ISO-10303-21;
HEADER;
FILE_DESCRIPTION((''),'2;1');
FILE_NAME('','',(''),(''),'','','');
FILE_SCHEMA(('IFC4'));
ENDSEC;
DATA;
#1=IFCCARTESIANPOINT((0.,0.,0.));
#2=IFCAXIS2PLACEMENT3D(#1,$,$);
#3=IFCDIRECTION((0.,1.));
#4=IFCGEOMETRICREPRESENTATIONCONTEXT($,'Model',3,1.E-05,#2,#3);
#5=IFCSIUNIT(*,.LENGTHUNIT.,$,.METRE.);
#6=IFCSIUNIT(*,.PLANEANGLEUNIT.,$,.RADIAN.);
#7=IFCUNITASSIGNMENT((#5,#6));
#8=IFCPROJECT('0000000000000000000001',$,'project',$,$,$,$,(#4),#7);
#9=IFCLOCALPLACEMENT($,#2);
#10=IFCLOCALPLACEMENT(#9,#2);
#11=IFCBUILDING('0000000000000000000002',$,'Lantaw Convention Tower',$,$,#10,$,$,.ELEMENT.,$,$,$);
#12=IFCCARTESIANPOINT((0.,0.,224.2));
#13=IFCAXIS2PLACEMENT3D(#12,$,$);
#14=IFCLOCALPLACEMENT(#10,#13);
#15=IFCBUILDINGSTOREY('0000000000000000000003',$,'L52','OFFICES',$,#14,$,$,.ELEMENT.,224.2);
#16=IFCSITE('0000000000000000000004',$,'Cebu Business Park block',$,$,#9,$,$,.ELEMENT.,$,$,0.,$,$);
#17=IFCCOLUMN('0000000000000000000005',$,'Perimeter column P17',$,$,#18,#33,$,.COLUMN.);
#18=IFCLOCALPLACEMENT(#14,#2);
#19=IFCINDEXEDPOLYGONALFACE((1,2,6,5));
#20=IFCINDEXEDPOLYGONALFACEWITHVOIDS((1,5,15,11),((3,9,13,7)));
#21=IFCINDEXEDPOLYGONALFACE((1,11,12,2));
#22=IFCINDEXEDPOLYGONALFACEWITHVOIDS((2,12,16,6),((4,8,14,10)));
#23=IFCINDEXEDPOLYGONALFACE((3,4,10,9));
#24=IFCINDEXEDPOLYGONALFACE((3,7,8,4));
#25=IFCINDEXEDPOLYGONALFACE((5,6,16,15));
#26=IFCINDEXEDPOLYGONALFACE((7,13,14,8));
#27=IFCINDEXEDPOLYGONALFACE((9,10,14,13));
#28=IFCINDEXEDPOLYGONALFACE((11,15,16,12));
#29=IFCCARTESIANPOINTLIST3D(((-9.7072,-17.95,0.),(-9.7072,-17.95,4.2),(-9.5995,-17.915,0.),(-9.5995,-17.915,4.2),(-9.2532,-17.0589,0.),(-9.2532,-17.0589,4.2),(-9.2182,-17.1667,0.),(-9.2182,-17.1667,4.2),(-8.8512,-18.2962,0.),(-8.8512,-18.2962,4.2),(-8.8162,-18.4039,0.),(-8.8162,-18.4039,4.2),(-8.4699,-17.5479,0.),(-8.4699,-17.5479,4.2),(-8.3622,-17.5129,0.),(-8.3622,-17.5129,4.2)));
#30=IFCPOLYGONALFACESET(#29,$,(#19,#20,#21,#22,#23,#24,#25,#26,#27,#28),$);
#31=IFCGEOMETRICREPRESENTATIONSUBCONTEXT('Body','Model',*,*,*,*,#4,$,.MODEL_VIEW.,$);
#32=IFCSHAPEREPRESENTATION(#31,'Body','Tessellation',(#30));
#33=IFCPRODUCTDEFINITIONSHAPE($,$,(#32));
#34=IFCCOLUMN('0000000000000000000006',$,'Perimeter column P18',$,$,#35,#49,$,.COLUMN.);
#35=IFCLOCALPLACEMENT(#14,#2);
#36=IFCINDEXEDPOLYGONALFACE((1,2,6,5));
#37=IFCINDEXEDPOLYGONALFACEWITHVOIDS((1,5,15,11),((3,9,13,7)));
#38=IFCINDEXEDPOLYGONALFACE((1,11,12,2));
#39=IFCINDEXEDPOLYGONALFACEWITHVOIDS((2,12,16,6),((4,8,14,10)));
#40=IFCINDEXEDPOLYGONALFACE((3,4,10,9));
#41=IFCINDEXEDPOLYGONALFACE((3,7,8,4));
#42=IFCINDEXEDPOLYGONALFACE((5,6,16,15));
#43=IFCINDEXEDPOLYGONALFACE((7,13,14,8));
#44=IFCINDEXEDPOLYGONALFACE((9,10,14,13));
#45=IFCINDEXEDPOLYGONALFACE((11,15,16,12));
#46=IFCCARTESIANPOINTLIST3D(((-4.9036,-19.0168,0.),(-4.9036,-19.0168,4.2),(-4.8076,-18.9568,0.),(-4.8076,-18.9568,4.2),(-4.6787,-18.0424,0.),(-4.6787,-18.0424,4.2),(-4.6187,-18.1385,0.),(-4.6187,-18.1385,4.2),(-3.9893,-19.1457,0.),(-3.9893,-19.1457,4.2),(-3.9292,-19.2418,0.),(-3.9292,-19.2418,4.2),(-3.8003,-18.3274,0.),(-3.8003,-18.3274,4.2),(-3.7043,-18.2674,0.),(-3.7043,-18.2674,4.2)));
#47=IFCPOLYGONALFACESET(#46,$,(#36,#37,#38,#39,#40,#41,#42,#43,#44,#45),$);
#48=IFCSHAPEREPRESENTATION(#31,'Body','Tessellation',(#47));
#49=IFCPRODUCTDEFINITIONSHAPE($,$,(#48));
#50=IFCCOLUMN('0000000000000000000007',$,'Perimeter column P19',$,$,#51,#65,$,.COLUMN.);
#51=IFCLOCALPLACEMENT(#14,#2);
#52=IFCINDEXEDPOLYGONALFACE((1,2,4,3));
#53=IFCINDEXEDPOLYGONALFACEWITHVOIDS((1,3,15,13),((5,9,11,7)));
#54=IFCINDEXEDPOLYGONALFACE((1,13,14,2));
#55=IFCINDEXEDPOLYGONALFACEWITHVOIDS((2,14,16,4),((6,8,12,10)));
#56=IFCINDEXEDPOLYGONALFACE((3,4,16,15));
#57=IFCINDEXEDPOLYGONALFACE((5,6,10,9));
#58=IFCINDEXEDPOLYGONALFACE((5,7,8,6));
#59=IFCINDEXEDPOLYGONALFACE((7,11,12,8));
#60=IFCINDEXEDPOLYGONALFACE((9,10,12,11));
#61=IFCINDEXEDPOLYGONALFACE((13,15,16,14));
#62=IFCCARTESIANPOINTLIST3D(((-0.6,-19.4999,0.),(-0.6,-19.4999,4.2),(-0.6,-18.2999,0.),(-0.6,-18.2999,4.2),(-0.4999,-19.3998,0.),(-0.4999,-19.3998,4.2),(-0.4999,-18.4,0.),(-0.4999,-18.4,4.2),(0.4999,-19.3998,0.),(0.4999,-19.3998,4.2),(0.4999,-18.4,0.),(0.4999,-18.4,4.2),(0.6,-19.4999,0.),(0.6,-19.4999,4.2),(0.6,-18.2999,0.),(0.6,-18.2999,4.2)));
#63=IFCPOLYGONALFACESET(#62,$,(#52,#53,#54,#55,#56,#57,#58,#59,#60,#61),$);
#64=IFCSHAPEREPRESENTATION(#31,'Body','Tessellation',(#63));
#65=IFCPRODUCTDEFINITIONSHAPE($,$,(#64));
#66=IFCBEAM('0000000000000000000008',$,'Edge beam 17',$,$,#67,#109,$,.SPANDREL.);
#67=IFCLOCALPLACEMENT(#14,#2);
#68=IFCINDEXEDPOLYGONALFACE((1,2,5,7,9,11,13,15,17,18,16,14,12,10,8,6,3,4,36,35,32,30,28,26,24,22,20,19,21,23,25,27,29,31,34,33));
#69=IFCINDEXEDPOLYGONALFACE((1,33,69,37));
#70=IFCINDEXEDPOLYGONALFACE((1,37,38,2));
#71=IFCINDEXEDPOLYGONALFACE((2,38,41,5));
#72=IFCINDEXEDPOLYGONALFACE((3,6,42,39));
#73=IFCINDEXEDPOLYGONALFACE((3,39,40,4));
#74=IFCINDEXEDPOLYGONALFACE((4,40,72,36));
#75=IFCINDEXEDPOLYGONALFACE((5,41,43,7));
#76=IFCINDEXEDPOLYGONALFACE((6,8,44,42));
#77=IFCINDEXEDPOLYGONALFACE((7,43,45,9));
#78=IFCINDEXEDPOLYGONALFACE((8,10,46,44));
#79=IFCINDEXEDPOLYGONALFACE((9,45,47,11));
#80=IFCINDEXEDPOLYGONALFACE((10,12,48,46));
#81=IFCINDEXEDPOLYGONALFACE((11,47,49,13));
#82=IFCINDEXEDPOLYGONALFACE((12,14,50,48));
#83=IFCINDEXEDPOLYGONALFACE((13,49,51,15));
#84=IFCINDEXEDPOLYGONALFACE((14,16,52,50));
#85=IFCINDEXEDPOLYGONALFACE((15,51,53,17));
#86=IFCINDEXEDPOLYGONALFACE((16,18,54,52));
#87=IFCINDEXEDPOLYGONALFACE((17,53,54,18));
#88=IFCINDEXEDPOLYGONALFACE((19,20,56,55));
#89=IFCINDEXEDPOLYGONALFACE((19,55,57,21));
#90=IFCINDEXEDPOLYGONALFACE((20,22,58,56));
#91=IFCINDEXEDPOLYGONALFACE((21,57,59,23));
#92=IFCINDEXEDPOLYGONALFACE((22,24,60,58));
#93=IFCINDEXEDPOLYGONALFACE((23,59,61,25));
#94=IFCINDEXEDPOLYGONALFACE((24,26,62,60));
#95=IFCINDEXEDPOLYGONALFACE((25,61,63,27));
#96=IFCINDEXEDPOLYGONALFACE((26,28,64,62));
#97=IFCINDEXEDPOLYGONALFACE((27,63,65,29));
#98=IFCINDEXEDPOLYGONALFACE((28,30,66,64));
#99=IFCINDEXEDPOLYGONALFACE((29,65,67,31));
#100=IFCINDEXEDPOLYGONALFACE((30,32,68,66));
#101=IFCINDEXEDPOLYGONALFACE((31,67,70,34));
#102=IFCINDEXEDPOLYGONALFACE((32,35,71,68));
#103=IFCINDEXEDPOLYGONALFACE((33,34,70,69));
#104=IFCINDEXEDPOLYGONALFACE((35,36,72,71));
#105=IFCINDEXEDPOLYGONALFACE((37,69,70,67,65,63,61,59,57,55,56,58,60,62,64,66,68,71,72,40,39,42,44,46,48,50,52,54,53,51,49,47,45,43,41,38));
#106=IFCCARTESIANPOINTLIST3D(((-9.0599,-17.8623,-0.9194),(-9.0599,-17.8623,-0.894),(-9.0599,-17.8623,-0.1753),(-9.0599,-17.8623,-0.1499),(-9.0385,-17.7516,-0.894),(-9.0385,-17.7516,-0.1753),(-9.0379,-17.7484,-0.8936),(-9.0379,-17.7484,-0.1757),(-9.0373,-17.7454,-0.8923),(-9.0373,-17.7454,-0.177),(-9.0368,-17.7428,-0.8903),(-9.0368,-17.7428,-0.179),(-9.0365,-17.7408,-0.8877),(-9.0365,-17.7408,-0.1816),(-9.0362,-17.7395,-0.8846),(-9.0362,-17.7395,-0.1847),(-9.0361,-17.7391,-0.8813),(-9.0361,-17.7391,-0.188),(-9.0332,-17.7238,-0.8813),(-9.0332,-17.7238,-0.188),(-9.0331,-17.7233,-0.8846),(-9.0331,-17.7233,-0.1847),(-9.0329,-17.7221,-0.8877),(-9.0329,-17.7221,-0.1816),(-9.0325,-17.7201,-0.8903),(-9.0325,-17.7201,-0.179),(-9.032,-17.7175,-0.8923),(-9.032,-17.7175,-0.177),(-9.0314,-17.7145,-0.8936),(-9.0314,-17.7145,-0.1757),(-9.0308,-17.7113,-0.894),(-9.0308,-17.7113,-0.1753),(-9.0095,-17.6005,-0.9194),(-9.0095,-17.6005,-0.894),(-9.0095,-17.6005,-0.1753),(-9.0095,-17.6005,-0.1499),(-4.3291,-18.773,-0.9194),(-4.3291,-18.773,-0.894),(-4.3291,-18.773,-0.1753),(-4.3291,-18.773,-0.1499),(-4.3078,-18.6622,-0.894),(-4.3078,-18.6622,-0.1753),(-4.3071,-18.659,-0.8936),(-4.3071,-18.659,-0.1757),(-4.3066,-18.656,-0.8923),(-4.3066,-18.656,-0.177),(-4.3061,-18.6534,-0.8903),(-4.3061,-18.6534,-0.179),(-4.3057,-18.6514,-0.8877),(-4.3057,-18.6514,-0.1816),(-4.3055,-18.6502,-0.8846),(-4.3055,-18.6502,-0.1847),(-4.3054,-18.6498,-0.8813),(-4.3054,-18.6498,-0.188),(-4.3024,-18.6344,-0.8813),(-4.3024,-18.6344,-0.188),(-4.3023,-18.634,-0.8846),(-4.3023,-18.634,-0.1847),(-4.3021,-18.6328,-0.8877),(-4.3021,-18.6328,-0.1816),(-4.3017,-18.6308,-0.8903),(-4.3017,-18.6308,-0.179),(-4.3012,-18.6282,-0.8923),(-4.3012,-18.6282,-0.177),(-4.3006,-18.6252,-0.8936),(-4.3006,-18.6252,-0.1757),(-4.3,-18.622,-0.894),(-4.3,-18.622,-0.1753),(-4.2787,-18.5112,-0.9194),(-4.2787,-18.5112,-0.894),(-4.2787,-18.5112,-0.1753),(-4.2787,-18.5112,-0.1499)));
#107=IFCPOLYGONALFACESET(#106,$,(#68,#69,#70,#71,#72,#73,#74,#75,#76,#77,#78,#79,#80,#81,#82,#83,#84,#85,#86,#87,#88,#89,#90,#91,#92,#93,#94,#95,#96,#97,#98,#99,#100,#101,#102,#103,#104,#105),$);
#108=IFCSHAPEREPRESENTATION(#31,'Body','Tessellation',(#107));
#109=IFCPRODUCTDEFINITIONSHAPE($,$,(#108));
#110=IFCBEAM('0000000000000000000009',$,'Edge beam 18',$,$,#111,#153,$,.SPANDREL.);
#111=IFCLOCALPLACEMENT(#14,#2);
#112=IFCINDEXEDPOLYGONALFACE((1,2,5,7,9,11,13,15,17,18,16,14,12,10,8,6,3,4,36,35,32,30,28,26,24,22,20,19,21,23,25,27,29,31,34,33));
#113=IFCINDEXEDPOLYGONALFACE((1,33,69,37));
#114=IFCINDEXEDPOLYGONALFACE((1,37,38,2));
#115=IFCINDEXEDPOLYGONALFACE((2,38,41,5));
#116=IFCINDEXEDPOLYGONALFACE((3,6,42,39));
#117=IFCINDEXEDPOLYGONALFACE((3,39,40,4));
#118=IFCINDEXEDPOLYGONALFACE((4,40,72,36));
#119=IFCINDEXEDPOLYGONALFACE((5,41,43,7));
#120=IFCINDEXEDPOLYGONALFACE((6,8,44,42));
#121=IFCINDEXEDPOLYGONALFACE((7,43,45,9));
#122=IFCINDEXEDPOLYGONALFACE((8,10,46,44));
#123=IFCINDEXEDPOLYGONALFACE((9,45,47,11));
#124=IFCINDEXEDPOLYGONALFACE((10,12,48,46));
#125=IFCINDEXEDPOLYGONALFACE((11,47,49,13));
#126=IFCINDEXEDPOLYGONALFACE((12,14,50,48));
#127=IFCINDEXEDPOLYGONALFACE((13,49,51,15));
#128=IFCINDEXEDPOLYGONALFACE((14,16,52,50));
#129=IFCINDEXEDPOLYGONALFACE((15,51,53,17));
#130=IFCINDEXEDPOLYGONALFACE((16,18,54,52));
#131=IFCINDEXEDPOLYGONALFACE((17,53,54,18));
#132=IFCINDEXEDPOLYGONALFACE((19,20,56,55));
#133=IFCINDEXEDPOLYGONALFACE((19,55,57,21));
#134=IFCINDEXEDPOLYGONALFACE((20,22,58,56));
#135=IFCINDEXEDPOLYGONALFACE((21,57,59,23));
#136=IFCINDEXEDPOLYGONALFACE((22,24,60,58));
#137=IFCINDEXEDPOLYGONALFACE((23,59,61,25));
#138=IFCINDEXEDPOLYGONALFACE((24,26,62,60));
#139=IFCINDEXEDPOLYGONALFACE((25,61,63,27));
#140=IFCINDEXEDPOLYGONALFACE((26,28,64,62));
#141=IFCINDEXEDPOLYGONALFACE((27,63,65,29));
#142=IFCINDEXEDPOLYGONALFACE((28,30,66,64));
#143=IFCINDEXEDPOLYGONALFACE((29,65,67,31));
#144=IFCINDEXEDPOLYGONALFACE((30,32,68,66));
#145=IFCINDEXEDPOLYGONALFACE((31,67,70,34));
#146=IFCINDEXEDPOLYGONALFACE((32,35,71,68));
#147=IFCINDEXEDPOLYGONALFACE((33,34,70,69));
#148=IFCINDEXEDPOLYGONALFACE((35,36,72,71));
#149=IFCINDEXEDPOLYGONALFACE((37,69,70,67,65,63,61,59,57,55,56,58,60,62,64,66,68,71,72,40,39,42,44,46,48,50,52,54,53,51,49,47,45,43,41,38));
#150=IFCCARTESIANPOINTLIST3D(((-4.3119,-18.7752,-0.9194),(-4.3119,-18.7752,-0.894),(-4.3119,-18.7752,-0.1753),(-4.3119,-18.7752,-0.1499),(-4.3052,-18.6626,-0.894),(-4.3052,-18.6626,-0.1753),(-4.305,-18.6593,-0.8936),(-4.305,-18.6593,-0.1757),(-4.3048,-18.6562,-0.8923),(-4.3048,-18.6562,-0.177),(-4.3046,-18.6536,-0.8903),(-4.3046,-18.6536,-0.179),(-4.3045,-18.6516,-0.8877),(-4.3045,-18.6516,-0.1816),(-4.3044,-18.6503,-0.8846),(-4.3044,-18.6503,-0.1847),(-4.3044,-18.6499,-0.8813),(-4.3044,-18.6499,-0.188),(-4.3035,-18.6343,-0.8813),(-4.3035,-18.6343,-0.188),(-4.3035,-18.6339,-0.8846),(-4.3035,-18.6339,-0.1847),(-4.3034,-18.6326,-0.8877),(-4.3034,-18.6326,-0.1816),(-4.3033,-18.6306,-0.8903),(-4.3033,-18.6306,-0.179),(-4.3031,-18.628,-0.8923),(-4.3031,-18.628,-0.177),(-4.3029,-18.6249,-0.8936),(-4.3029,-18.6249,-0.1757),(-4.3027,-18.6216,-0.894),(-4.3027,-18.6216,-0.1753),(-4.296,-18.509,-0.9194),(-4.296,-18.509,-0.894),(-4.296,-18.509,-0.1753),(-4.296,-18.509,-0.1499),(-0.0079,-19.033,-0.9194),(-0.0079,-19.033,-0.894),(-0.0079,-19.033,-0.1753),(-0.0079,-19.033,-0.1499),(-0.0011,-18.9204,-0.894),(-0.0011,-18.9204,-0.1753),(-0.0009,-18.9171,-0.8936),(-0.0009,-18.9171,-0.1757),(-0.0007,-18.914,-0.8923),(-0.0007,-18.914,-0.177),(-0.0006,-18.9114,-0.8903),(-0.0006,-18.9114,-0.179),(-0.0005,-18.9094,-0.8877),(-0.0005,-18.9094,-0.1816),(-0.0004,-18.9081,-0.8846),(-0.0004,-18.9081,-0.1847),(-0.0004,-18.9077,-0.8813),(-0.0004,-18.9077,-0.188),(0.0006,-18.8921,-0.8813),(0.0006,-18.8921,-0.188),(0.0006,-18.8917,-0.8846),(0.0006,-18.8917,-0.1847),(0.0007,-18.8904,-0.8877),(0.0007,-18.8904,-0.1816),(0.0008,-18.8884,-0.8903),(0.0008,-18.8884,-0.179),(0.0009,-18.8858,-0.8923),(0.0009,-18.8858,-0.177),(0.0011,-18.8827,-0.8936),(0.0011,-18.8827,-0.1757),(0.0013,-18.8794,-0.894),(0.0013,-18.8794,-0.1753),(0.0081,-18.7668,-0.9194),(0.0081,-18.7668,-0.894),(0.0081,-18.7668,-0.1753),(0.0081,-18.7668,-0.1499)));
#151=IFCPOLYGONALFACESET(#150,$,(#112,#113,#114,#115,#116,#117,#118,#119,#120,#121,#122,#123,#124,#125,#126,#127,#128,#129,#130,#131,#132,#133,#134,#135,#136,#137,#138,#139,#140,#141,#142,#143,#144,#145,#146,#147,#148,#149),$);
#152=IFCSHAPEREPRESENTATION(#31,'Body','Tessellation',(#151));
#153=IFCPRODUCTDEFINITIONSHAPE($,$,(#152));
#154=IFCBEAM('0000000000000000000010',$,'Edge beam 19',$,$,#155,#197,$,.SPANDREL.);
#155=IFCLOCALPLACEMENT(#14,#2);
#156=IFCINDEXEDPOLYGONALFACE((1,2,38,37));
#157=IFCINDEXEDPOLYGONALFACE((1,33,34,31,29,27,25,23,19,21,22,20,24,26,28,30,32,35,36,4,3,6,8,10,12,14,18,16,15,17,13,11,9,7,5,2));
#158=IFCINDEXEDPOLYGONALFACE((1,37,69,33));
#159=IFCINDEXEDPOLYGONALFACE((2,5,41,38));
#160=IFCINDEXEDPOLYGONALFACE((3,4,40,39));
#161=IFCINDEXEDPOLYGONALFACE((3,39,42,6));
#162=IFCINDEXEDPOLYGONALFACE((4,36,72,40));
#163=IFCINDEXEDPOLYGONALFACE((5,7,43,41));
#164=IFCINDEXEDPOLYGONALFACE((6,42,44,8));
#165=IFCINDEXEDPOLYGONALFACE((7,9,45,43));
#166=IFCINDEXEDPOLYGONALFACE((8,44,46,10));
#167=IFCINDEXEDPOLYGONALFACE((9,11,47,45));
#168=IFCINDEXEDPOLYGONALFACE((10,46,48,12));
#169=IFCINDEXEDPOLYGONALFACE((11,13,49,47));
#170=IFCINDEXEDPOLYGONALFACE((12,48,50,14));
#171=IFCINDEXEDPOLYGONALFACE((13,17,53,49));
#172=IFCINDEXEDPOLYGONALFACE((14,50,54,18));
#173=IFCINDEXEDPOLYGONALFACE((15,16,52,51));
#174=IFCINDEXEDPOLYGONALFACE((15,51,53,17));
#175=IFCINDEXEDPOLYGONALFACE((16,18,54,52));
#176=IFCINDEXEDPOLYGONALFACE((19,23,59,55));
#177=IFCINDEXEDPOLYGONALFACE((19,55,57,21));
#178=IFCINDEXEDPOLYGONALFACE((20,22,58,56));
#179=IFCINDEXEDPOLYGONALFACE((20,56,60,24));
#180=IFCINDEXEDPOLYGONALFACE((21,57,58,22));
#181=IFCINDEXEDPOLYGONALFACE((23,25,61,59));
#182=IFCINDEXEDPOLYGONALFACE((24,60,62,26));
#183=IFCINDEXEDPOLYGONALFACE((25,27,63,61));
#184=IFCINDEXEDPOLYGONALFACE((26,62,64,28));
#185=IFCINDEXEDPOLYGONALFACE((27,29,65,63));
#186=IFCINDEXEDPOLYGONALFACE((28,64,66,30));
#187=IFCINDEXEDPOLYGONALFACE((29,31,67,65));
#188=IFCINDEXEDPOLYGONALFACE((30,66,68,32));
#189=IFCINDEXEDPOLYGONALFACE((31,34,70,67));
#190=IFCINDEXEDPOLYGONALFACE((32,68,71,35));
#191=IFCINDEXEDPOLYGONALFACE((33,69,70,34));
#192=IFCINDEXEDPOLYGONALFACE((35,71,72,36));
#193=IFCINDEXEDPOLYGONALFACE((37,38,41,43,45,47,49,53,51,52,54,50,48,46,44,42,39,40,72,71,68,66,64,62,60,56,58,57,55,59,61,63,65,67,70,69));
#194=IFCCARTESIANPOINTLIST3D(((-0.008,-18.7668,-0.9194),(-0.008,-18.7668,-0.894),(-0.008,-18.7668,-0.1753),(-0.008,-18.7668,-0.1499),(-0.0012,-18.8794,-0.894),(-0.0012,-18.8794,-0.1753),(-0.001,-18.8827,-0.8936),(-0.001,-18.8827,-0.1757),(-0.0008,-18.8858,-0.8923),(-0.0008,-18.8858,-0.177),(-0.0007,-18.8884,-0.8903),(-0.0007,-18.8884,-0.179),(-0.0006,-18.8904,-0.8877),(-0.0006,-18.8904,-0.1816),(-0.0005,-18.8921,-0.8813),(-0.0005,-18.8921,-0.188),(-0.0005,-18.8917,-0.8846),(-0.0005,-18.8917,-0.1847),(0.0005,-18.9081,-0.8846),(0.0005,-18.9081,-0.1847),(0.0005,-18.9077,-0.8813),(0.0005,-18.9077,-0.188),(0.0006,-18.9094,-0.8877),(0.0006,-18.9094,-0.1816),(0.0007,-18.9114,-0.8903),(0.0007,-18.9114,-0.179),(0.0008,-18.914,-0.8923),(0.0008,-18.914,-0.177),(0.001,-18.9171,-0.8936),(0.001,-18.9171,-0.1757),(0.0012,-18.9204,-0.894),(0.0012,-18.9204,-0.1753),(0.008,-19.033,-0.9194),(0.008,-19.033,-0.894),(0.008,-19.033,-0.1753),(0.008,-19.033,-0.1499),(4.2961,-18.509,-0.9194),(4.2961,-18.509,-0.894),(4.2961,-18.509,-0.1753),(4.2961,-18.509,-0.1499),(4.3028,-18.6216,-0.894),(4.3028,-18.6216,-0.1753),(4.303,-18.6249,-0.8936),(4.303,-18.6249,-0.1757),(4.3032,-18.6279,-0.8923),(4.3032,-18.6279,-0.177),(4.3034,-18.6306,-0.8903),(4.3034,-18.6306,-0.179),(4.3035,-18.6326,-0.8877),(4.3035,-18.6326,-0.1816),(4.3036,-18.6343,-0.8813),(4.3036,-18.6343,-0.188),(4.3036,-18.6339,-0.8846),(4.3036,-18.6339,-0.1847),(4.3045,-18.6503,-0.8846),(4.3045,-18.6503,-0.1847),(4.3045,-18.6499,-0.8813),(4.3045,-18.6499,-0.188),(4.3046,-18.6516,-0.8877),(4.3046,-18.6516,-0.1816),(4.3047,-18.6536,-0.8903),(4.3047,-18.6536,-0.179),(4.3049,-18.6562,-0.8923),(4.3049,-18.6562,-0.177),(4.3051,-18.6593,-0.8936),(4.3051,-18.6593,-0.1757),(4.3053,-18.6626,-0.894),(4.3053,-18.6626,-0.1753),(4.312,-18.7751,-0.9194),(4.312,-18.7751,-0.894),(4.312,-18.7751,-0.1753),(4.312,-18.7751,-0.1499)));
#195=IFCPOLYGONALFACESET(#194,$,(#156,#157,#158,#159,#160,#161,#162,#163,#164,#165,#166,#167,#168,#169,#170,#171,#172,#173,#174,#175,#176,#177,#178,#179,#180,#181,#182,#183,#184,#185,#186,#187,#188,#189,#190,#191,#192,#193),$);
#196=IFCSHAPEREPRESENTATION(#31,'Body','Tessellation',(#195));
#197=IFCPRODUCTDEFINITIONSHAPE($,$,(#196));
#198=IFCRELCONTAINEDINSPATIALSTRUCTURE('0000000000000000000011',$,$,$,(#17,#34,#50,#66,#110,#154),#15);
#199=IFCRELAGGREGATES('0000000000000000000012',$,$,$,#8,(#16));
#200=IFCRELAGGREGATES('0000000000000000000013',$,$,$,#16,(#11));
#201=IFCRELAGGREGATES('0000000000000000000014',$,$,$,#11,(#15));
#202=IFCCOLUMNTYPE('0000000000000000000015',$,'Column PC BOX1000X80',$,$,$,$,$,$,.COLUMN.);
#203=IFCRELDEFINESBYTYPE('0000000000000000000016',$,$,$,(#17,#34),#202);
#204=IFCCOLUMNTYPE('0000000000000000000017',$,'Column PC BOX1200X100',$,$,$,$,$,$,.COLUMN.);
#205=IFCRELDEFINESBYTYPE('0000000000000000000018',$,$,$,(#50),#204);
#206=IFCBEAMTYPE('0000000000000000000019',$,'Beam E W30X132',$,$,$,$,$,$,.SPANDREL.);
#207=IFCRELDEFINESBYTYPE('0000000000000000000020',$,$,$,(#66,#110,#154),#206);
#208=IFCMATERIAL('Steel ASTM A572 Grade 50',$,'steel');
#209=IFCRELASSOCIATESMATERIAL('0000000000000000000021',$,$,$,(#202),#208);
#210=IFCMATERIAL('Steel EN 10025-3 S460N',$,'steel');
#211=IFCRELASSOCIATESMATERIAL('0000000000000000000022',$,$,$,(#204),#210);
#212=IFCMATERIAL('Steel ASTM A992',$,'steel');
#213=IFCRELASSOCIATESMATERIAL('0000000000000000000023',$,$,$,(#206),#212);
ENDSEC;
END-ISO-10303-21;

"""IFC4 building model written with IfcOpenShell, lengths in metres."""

from ifc_helpers import new_model, si_unit, direction, frame, origin, origin_2d, place, context, subcontext, project, spatial, rectangle, hollow_rectangle, i_section, extrude, material, material_profile, profile_set, type_object, element, save


model = new_model("IFC4")

# Units and contexts
model_context = context("Model", 3, precision=1e-05, world=origin(), true_north=direction((0.0, 1.0)))
body_context = subcontext(model_context, "Body", "Model", "MODEL_VIEW")
ifc_project = project(units=[si_unit("LENGTHUNIT", "METRE"), si_unit("PLANEANGLEUNIT", "RADIAN")], contexts=[model_context])

# Site, building, storey
site_placement = place(None, origin())
site = spatial("IfcSite", under=ifc_project, at=site_placement, Name="Cebu Business Park block", CompositionType="ELEMENT", RefElevation=0.0)
building_placement = place(site_placement, origin())
building = spatial("IfcBuilding", under=site, at=building_placement, Name="Lantaw Convention Tower", CompositionType="ELEMENT")
storey_placement = place(building_placement, frame((0.0, 0.0, 224.2)))
storey = spatial("IfcBuildingStorey", under=building, at=storey_placement, Name="L52", Description="OFFICES", CompositionType="ELEMENT", Elevation=224.2)

# Columns
ifc_material_1 = material(Name="Steel ASTM A572 Grade 50", Category="steel")
ifc_material_profile_1 = material_profile(ifc_material_1, hollow_rectangle(XDim=1.0, YDim=1.0, WallThickness=0.0801, at=origin_2d()), Name="BOX1000X80")
ifc_material_2 = material(Name="Concrete C60/75", Category="concrete")
ifc_material_profile_2 = material_profile(ifc_material_2, rectangle(XDim=0.8401, YDim=0.8401, at=origin_2d()), Name="Concrete fill of BOX1000X80")
ifc_profile_set_1 = profile_set([ifc_material_profile_1, ifc_material_profile_2], Name="Steel ASTM A572 Grade 50")
column_type_1 = type_object("IfcColumnType", Name="Column PC BOX1000X80", PredefinedType="COLUMN", material=ifc_profile_set_1)
for number, where, z_axis, x_axis, name in (
    (1, (-9.0347, -17.7314, 0.0), (0.0, 0.0, 1.0), (0.45399, 0.891007, 0.0), "Perimeter column P17"),
    (2, (-4.304, -18.6421, 0.0), (0.0, 0.0, 1.0), (0.224951, 0.97437, 0.0), "Perimeter column P18"),
):
    element("IfcColumn", number, at=place(storey_placement, frame(where, z_axis=z_axis, x_axis=x_axis)), inside=storey, type_object=column_type_1, Name=name, PredefinedType="COLUMN", context=body_context, shape_type="SweptSolid", body=[
        extrude(hollow_rectangle(XDim=1.0, YDim=1.0, WallThickness=0.0801, at=origin_2d()), origin(), (0.0, 0.0, 1.0), 4.2),
    ])
ifc_material_3 = material(Name="Steel EN 10025-3 S460N", Category="steel")
ifc_material_profile_3 = material_profile(ifc_material_3, hollow_rectangle(XDim=1.2, YDim=1.2, WallThickness=0.1001, at=origin_2d()), Name="BOX1200X100")
ifc_material_profile_4 = material_profile(ifc_material_2, rectangle(XDim=1.0, YDim=1.0, at=origin_2d()), Name="Concrete fill of BOX1200X100")
ifc_profile_set_2 = profile_set([ifc_material_profile_3, ifc_material_profile_4], Name="Steel EN 10025-3 S460N")
column_type_2 = type_object("IfcColumnType", Name="Column PC BOX1200X100", PredefinedType="COLUMN", material=ifc_profile_set_2)
column_placement = place(storey_placement, frame((0.0, -18.8999, 0.0), z_axis=(0.0, 0.0, 1.0), x_axis=(1.0, 0.0, 0.0)))
element("IfcColumn", 3, at=column_placement, inside=storey, type_object=column_type_2, Name="Perimeter column P19", PredefinedType="COLUMN", context=body_context, shape_type="SweptSolid", body=[
    extrude(hollow_rectangle(XDim=1.2, YDim=1.2, WallThickness=0.1001, at=origin_2d()), origin(), (0.0, 0.0, 1.0), 4.2),
])

# Beams
ifc_material_4 = material(Name="Steel ASTM A992", Category="steel")
ifc_material_profile_5 = material_profile(ifc_material_4, i_section(OverallWidth=0.2666, OverallDepth=0.7695, WebThickness=0.0156, FlangeThickness=0.0254, FilletRadius=0.0127, at=origin_2d()), Name="W30X132")
ifc_profile_set_3 = profile_set([ifc_material_profile_5], Name="Steel ASTM A992")
beam_type_1 = type_object("IfcBeamType", Name="Beam E W30X132", PredefinedType="SPANDREL", material=ifc_profile_set_3)
beam_1_placement = place(storey_placement, frame((-9.0347, -17.7314, -0.5347), z_axis=(0.981972, -0.189026, 0.0), x_axis=(0.189026, 0.981972, 0.0)))
element("IfcBeam", 4, at=beam_1_placement, inside=storey, type_object=beam_type_1, Name="Edge beam 17", PredefinedType="SPANDREL", context=body_context, shape_type="SweptSolid", body=[
    extrude(i_section(OverallWidth=0.2666, OverallDepth=0.7695, WebThickness=0.0156, FlangeThickness=0.0254, FilletRadius=0.0127, at=origin_2d()), origin(), (0.0, 0.0, 1.0), 4.8176),
])
for number, where, z_axis, x_axis, name in (
    (5, (-4.304, -18.6421, -0.5347), (0.998211, -0.059794, 0.0), (0.059794, 0.998211, 0.0), "Edge beam 18"),
    (6, (0.0, -18.8999, -0.5347), (0.998211, 0.059794, 0.0), (-0.059794, 0.998211, 0.0), "Edge beam 19"),
):
    element("IfcBeam", number, at=place(storey_placement, frame(where, z_axis=z_axis, x_axis=x_axis)), inside=storey, type_object=beam_type_1, Name=name, PredefinedType="SPANDREL", context=body_context, shape_type="SweptSolid", body=[
        extrude(i_section(OverallWidth=0.2666, OverallDepth=0.7695, WebThickness=0.0156, FlangeThickness=0.0254, FilletRadius=0.0127, at=origin_2d()), origin(), (0.0, 0.0, 1.0), 4.3118),
    ])

save(model, "model.ifc")
